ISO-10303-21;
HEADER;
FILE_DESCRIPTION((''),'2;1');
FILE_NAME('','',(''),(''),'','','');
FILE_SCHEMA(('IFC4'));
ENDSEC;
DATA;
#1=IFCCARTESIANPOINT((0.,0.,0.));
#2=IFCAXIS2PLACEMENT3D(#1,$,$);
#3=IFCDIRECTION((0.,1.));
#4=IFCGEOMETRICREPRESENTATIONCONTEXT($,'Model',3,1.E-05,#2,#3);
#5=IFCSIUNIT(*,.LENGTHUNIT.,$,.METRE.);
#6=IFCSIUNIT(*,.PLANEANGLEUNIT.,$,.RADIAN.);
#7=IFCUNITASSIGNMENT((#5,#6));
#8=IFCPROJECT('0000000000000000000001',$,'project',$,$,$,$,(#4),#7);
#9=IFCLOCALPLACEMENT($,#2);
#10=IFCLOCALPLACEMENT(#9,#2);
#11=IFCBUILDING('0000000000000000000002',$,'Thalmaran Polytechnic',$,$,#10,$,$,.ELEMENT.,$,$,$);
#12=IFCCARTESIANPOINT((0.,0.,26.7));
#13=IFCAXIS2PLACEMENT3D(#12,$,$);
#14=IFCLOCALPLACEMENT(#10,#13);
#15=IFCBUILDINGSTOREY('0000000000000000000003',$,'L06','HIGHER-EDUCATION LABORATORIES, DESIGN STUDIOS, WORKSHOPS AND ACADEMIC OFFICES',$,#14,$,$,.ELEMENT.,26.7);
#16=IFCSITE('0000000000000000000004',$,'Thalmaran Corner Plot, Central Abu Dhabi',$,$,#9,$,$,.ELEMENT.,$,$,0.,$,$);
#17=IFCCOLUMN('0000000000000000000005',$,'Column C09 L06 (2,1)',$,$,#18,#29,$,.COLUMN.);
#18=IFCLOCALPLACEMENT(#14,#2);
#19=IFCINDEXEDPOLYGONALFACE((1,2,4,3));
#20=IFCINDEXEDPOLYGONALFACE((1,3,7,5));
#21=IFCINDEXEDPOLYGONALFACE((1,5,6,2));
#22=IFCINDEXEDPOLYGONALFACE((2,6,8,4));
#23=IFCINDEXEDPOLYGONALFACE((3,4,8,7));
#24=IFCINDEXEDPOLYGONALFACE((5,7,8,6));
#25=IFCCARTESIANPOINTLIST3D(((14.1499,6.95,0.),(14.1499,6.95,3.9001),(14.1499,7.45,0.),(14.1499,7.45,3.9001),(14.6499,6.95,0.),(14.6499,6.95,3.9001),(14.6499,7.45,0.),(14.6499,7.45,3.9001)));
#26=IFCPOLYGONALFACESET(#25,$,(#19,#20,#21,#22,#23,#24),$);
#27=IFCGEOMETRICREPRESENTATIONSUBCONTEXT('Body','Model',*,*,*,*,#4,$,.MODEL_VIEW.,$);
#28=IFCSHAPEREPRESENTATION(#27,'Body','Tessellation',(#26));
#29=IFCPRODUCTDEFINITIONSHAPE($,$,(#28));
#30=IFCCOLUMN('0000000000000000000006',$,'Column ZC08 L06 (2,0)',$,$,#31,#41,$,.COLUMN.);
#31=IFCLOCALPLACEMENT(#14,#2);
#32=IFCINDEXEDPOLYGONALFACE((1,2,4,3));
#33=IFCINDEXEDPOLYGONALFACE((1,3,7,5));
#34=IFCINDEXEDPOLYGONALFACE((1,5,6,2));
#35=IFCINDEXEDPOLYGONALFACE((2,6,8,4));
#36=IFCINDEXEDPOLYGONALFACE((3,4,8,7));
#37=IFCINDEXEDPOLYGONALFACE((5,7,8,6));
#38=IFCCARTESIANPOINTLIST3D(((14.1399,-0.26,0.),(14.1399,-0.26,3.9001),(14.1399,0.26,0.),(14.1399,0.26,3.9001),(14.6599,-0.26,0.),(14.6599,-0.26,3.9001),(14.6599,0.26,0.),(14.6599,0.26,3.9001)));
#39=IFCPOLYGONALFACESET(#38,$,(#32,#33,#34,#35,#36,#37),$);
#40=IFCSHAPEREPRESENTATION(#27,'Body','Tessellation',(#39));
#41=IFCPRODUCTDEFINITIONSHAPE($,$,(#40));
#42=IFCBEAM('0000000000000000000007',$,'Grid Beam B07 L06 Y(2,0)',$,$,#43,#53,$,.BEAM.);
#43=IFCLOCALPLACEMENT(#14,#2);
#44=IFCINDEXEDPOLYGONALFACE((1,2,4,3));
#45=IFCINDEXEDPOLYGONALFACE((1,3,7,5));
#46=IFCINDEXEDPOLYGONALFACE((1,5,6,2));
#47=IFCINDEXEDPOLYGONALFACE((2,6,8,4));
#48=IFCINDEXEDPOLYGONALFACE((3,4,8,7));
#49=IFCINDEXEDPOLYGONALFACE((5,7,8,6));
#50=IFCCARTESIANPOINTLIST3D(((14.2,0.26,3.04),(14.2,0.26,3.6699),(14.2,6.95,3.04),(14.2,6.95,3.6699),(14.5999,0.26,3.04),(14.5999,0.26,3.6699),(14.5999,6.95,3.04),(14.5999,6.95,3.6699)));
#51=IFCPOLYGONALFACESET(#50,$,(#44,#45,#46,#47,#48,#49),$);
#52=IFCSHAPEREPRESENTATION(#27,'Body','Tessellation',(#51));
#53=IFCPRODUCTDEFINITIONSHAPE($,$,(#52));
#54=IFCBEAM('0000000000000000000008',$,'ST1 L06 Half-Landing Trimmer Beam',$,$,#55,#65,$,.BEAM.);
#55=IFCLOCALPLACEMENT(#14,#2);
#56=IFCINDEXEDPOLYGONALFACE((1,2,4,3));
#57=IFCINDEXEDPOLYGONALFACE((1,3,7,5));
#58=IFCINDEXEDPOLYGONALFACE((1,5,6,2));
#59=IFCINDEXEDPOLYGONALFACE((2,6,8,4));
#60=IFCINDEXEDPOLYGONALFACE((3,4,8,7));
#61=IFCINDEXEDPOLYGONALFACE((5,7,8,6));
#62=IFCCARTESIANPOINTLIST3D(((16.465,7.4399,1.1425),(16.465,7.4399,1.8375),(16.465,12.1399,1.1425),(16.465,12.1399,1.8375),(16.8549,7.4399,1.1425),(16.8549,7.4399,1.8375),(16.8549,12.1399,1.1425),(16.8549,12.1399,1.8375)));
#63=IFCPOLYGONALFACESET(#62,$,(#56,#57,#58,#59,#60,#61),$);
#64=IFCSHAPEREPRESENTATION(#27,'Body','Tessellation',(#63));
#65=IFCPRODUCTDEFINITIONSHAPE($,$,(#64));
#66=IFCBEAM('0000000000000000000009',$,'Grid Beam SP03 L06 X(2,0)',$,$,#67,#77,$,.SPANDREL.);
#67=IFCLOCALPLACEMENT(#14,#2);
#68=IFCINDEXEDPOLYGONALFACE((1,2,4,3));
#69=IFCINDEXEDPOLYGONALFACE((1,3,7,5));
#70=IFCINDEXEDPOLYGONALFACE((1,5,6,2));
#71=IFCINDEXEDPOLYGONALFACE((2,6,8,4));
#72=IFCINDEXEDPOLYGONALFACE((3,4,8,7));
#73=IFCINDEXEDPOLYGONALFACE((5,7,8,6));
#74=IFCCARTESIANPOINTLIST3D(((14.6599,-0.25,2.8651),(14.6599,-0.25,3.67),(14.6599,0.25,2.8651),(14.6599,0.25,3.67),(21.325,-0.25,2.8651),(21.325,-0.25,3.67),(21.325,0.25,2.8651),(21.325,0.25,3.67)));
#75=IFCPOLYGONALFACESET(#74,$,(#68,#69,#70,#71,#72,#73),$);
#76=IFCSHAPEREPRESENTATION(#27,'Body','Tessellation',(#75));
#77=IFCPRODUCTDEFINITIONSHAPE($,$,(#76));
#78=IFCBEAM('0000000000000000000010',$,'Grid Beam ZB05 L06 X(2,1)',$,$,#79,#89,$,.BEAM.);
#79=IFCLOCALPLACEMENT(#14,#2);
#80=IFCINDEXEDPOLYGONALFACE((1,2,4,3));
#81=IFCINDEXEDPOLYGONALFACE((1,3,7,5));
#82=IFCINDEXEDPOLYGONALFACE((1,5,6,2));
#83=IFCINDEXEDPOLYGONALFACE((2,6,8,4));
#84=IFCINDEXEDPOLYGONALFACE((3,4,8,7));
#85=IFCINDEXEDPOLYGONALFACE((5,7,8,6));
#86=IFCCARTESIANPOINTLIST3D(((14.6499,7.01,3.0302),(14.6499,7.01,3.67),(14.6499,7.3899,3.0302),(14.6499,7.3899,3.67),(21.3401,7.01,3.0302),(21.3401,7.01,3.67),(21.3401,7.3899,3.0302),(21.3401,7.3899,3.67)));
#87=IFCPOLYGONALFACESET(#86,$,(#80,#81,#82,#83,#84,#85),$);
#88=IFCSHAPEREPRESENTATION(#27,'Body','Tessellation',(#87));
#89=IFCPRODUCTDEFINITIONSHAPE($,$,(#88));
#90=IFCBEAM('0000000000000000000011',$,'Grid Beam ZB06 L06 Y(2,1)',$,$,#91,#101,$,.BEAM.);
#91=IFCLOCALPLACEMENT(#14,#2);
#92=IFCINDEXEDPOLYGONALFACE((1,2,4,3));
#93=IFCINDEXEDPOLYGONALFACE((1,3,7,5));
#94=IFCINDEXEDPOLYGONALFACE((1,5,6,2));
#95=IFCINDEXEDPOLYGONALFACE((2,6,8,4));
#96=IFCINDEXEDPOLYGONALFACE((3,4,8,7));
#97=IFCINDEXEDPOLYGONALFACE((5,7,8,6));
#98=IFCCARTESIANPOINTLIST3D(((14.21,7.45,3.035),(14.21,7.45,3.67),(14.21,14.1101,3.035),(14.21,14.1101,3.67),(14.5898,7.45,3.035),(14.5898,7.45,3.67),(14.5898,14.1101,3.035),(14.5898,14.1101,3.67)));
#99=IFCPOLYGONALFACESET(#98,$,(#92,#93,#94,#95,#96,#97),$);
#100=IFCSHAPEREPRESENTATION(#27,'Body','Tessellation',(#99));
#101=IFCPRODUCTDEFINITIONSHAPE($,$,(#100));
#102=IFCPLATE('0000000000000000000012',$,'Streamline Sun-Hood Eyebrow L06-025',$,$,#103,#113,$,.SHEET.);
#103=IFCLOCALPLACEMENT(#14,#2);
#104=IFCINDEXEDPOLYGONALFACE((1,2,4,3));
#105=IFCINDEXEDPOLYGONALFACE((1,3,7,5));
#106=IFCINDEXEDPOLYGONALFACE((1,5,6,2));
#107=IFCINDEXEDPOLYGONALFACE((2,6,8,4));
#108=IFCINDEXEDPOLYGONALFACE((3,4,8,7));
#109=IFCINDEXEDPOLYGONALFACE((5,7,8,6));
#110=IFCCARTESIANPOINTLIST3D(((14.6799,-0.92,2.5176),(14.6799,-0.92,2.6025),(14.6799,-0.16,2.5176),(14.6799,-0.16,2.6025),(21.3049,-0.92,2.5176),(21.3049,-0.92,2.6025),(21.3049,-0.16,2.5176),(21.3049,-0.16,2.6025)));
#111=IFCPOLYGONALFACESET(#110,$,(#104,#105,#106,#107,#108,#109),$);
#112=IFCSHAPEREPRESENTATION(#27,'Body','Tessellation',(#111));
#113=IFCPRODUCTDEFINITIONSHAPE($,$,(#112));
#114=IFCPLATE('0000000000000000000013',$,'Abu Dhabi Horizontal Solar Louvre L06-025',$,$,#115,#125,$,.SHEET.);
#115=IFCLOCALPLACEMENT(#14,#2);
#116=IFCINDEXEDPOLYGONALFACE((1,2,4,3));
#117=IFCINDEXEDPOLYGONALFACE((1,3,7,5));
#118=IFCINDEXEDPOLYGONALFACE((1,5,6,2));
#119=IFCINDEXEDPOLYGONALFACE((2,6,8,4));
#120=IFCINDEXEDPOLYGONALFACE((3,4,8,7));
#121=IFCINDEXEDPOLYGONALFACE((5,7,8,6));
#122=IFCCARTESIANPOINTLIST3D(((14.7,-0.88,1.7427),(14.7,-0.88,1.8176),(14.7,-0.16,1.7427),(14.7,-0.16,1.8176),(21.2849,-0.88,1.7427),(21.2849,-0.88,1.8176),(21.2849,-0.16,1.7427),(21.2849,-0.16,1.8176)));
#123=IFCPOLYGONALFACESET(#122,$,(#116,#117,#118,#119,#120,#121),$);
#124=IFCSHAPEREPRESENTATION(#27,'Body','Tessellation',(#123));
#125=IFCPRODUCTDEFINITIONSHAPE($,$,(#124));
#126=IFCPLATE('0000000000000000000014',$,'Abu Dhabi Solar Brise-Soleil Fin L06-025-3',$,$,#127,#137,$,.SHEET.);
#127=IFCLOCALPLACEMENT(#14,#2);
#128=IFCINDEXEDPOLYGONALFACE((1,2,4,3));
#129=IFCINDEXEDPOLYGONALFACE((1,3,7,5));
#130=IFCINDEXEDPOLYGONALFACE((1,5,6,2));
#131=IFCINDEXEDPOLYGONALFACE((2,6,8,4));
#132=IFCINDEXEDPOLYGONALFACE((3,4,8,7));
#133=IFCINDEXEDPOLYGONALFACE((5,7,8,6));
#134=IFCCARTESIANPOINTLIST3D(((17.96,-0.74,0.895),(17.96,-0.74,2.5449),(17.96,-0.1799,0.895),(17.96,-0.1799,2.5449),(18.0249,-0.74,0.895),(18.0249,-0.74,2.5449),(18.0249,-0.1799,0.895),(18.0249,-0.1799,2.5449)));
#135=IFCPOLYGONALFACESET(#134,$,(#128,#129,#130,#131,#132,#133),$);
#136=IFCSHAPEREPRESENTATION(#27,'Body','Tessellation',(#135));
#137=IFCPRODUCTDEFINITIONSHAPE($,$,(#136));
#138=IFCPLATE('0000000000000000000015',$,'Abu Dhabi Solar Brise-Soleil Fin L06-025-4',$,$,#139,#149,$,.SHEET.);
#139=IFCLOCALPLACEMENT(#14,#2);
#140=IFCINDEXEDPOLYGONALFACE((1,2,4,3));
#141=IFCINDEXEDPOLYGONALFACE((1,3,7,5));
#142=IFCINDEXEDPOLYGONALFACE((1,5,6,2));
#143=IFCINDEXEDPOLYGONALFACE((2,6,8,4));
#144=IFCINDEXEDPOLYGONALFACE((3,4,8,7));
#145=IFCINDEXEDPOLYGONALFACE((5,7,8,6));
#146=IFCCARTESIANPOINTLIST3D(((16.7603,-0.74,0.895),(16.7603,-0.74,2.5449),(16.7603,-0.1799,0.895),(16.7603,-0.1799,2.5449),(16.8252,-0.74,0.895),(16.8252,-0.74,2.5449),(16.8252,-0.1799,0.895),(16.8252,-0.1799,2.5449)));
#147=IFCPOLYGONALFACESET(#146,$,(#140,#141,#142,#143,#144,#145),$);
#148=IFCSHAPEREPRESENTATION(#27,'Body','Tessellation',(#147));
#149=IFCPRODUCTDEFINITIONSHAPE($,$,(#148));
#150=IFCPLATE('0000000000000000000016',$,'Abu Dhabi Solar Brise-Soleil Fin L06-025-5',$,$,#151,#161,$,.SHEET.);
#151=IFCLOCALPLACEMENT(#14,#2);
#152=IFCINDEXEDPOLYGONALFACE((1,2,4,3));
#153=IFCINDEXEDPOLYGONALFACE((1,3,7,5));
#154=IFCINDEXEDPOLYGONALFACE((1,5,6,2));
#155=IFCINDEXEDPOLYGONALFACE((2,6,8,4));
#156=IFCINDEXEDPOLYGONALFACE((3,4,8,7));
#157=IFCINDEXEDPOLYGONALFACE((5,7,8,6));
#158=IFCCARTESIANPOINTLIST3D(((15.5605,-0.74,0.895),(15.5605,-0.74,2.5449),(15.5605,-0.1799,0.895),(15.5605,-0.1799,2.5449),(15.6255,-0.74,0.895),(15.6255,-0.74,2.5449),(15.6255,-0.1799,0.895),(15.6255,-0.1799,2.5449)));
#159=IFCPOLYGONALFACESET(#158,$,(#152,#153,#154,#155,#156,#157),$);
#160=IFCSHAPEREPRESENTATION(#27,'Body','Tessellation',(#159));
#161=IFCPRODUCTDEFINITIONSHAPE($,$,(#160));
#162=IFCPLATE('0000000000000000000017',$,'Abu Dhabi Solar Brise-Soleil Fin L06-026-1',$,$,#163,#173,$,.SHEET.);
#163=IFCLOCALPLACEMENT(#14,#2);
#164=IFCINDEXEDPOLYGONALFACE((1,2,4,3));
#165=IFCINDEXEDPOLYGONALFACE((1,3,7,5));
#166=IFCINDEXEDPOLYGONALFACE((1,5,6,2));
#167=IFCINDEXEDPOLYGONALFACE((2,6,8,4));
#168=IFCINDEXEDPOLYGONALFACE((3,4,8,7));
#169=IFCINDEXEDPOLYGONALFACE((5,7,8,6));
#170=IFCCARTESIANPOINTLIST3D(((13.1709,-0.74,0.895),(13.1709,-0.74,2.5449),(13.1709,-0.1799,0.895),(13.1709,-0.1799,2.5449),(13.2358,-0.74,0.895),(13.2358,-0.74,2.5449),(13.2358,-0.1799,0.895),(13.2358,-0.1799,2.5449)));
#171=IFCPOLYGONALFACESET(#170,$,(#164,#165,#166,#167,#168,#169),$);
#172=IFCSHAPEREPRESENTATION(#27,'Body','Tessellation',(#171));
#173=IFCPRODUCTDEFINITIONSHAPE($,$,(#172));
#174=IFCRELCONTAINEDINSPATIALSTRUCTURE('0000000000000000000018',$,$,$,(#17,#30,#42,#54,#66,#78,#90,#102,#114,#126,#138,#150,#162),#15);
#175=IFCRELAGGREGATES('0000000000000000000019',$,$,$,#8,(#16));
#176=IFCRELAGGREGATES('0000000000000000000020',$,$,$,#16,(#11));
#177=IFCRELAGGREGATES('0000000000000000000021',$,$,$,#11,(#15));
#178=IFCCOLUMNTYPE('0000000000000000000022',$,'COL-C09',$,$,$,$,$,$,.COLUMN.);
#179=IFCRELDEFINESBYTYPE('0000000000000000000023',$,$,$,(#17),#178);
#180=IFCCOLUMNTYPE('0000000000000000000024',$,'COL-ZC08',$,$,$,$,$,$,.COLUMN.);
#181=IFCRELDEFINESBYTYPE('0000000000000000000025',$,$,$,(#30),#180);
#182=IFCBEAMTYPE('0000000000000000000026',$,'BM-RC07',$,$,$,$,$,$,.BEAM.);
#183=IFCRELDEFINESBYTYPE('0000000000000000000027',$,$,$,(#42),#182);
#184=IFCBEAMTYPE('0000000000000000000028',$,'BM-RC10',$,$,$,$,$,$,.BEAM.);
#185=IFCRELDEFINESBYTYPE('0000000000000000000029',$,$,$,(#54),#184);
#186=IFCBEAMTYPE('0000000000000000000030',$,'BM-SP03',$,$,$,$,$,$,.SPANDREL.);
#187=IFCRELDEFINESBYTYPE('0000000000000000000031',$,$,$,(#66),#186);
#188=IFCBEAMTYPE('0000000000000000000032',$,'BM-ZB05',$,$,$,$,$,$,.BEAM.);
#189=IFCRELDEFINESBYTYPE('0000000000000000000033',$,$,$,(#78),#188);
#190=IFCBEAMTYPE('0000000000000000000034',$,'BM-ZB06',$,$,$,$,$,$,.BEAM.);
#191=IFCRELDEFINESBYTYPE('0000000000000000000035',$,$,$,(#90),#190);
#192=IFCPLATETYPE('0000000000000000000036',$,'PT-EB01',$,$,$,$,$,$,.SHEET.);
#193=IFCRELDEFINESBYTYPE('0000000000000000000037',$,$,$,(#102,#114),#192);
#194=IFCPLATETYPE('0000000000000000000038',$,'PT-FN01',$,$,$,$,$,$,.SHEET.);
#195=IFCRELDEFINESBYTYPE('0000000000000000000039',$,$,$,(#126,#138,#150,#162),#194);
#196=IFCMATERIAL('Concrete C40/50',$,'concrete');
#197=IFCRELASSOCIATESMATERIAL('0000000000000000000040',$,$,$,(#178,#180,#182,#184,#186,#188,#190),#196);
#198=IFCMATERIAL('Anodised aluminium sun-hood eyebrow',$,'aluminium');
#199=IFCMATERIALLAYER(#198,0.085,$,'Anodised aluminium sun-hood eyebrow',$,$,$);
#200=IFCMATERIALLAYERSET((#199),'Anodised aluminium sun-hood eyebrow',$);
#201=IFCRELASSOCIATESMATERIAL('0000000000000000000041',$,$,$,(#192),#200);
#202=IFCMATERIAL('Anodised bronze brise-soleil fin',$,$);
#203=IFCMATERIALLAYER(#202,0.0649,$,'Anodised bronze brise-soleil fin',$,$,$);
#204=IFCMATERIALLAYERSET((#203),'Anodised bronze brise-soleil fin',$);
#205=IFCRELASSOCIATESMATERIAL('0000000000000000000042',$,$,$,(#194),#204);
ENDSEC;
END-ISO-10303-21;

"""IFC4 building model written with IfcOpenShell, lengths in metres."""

from ifc_helpers import new_model, si_unit, direction, frame, origin, origin_2d, place, context, subcontext, project, spatial, rectangle, extrude, material, layer, layer_set, material_profile, profile_set, type_object, element, save


model = new_model("IFC4")

# Units and contexts
model_context = context("Model", 3, precision=1e-05, world=origin(), true_north=direction((0.0, 1.0)))
body_context = subcontext(model_context, "Body", "Model", "MODEL_VIEW")
ifc_project = project(units=[si_unit("LENGTHUNIT", "METRE"), si_unit("PLANEANGLEUNIT", "RADIAN")], contexts=[model_context])

# Site, building, storey
site_placement = place(None, origin())
site = spatial("IfcSite", under=ifc_project, at=site_placement, Name="Thalmaran Corner Plot, Central Abu Dhabi", CompositionType="ELEMENT", RefElevation=0.0)
building_placement = place(site_placement, origin())
building = spatial("IfcBuilding", under=site, at=building_placement, Name="Thalmaran Polytechnic", CompositionType="ELEMENT")
storey_placement = place(building_placement, frame((0.0, 0.0, 26.7)))
storey = spatial("IfcBuildingStorey", under=building, at=storey_placement, Name="L06", Description="HIGHER-EDUCATION LABORATORIES, DESIGN STUDIOS, WORKSHOPS AND ACADEMIC OFFICES", CompositionType="ELEMENT", Elevation=26.7)

# Columns
ifc_material_1 = material(Name="Concrete C40/50", Category="concrete")
ifc_material_profile_1 = material_profile(ifc_material_1, rectangle(XDim=0.5, YDim=0.5, at=origin_2d()), Name="RC 500x500")
ifc_profile_set_1 = profile_set([ifc_material_profile_1], Name="Concrete C40/50")
column_type_1 = type_object("IfcColumnType", Name="COL-C09", PredefinedType="COLUMN", material=ifc_profile_set_1)
column_1_placement = place(storey_placement, frame((14.3999, 7.2, 0.0), z_axis=(0.0, 0.0, 1.0), x_axis=(1.0, 0.0, 0.0)))
element("IfcColumn", 1, at=column_1_placement, inside=storey, type_object=column_type_1, Name="Column C09 L06 (2,1)", PredefinedType="COLUMN", context=body_context, shape_type="SweptSolid", body=[
    extrude(rectangle(XDim=0.5, YDim=0.5, at=origin_2d()), origin(), (0.0, 0.0, 1.0), 3.9001),
])
ifc_material_profile_2 = material_profile(ifc_material_1, rectangle(XDim=0.52, YDim=0.52, at=origin_2d()), Name="RC 520x520")
ifc_profile_set_2 = profile_set([ifc_material_profile_2], Name="Concrete C40/50")
column_type_2 = type_object("IfcColumnType", Name="COL-ZC08", PredefinedType="COLUMN", material=ifc_profile_set_2)
column_2_placement = place(storey_placement, frame((14.3999, 0.0, 0.0), z_axis=(0.0, 0.0, 1.0), x_axis=(1.0, 0.0, 0.0)))
element("IfcColumn", 2, at=column_2_placement, inside=storey, type_object=column_type_2, Name="Column ZC08 L06 (2,0)", PredefinedType="COLUMN", context=body_context, shape_type="SweptSolid", body=[
    extrude(rectangle(XDim=0.52, YDim=0.52, at=origin_2d()), origin(), (0.0, 0.0, 1.0), 3.9001),
])

# Beams
ifc_material_profile_3 = material_profile(ifc_material_1, rectangle(XDim=0.3999, YDim=0.6299, at=origin_2d()), Name="RC 400x630")
ifc_profile_set_3 = profile_set([ifc_material_profile_3], Name="Concrete C40/50")
beam_type_1 = type_object("IfcBeamType", Name="BM-RC07", PredefinedType="BEAM", material=ifc_profile_set_3)
beam_1_placement = place(storey_placement, frame((14.3999, 0.26, 3.355), z_axis=(0.0, 1.0, 0.0), x_axis=(-1.0, 0.0, 0.0)))
element("IfcBeam", 3, at=beam_1_placement, inside=storey, type_object=beam_type_1, Name="Grid Beam B07 L06 Y(2,0)", PredefinedType="BEAM", context=body_context, shape_type="SweptSolid", body=[
    extrude(rectangle(XDim=0.3999, YDim=0.6299, at=origin_2d()), origin(), (0.0, 0.0, 1.0), 6.6899),
])
ifc_material_profile_4 = material_profile(ifc_material_1, rectangle(XDim=0.3899, YDim=0.6951, at=origin_2d()), Name="RC 390x695")
ifc_profile_set_4 = profile_set([ifc_material_profile_4], Name="Concrete C40/50")
beam_type_2 = type_object("IfcBeamType", Name="BM-RC10", PredefinedType="BEAM", material=ifc_profile_set_4)
beam_2_placement = place(storey_placement, frame((16.6599, 7.4399, 1.49), z_axis=(0.0, 1.0, 0.0), x_axis=(-1.0, 0.0, 0.0)))
element("IfcBeam", 4, at=beam_2_placement, inside=storey, type_object=beam_type_2, Name="ST1 L06 Half-Landing Trimmer Beam", PredefinedType="BEAM", context=body_context, shape_type="SweptSolid", body=[
    extrude(rectangle(XDim=0.3899, YDim=0.6951, at=origin_2d()), origin(), (0.0, 0.0, 1.0), 4.7),
])
ifc_material_profile_5 = material_profile(ifc_material_1, rectangle(XDim=0.5, YDim=0.8049, at=origin_2d()), Name="RC 500x805")
ifc_profile_set_5 = profile_set([ifc_material_profile_5], Name="Concrete C40/50")
beam_type_3 = type_object("IfcBeamType", Name="BM-SP03", PredefinedType="SPANDREL", material=ifc_profile_set_5)
beam_3_placement = place(storey_placement, frame((14.6599, 0.0, 3.2676), z_axis=(1.0, 0.0, 0.0), x_axis=(0.0, 1.0, 0.0)))
element("IfcBeam", 5, at=beam_3_placement, inside=storey, type_object=beam_type_3, Name="Grid Beam SP03 L06 X(2,0)", PredefinedType="SPANDREL", context=body_context, shape_type="SweptSolid", body=[
    extrude(rectangle(XDim=0.5, YDim=0.8049, at=origin_2d()), origin(), (0.0, 0.0, 1.0), 6.665),
])
ifc_material_profile_6 = material_profile(ifc_material_1, rectangle(XDim=0.3799, YDim=0.6399, at=origin_2d()), Name="RC 380x640")
ifc_profile_set_6 = profile_set([ifc_material_profile_6], Name="Concrete C40/50")
beam_type_4 = type_object("IfcBeamType", Name="BM-ZB05", PredefinedType="BEAM", material=ifc_profile_set_6)
beam_4_placement = place(storey_placement, frame((14.6499, 7.2, 3.3501), z_axis=(1.0, 0.0, 0.0), x_axis=(0.0, 1.0, 0.0)))
element("IfcBeam", 6, at=beam_4_placement, inside=storey, type_object=beam_type_4, Name="Grid Beam ZB05 L06 X(2,1)", PredefinedType="BEAM", context=body_context, shape_type="SweptSolid", body=[
    extrude(rectangle(XDim=0.3799, YDim=0.6399, at=origin_2d()), origin(), (0.0, 0.0, 1.0), 6.6902),
])
ifc_material_profile_7 = material_profile(ifc_material_1, rectangle(XDim=0.3799, YDim=0.635, at=origin_2d()), Name="RC 380x635")
ifc_profile_set_7 = profile_set([ifc_material_profile_7], Name="Concrete C40/50")
beam_type_5 = type_object("IfcBeamType", Name="BM-ZB06", PredefinedType="BEAM", material=ifc_profile_set_7)
beam_5_placement = place(storey_placement, frame((14.3999, 7.45, 3.3525), z_axis=(0.0, 1.0, 0.0), x_axis=(-1.0, 0.0, 0.0)))
element("IfcBeam", 7, at=beam_5_placement, inside=storey, type_object=beam_type_5, Name="Grid Beam ZB06 L06 Y(2,1)", PredefinedType="BEAM", context=body_context, shape_type="SweptSolid", body=[
    extrude(rectangle(XDim=0.3799, YDim=0.635, at=origin_2d()), origin(), (0.0, 0.0, 1.0), 6.6602),
])

# Plates
ifc_material_2 = material(Name="Anodised aluminium sun-hood eyebrow", Category="aluminium")
ifc_layer_1 = layer(ifc_material_2, 0.085, Name="Anodised aluminium sun-hood eyebrow")
ifc_layer_set_1 = layer_set([ifc_layer_1], Name="Anodised aluminium sun-hood eyebrow")
plate_type_1 = type_object("IfcPlateType", Name="PT-EB01", PredefinedType="SHEET", material=ifc_layer_set_1)
plate_1_placement = place(storey_placement, frame((17.9924, -0.54, 2.5176), z_axis=(0.0, 0.0, 1.0), x_axis=(-1.0, 0.0, 0.0)))
element("IfcPlate", 8, at=plate_1_placement, inside=storey, type_object=plate_type_1, Name="Streamline Sun-Hood Eyebrow L06-025", PredefinedType="SHEET", context=body_context, shape_type="SweptSolid", body=[
    extrude(rectangle(XDim=6.625, YDim=0.76, at=origin_2d()), origin(), (0.0, 0.0, 1.0), 0.085),
])
plate_2_placement = place(storey_placement, frame((17.9924, -0.52, 1.7427), z_axis=(0.0, 0.0, 1.0), x_axis=(-1.0, 0.0, 0.0)))
element("IfcPlate", 9, at=plate_2_placement, inside=storey, type_object=plate_type_1, Name="Abu Dhabi Horizontal Solar Louvre L06-025", PredefinedType="SHEET", context=body_context, shape_type="SweptSolid", body=[
    extrude(rectangle(XDim=6.585, YDim=0.72, at=origin_2d()), origin(), (0.0, 0.0, 1.0), 0.075),
])
ifc_material_3 = material(Name="Anodised bronze brise-soleil fin")
ifc_layer_2 = layer(ifc_material_3, 0.0649, Name="Anodised bronze brise-soleil fin")
ifc_layer_set_2 = layer_set([ifc_layer_2], Name="Anodised bronze brise-soleil fin")
plate_type_2 = type_object("IfcPlateType", Name="PT-FN01", PredefinedType="SHEET", material=ifc_layer_set_2)
for number, where, z_axis, x_axis, name in (
    (10, (17.9924, -0.46, 0.895), (0.0, 0.0, 1.0), (-1.0, 0.0, 0.0), "Abu Dhabi Solar Brise-Soleil Fin L06-025-3"),
    (11, (16.7927, -0.46, 0.895), (0.0, 0.0, 1.0), (-1.0, 0.0, 0.0), "Abu Dhabi Solar Brise-Soleil Fin L06-025-4"),
    (12, (15.593, -0.46, 0.895), (0.0, 0.0, 1.0), (-1.0, 0.0, 0.0), "Abu Dhabi Solar Brise-Soleil Fin L06-025-5"),
    (13, (13.2034, -0.46, 0.895), (0.0, 0.0, 1.0), (-1.0, 0.0, 0.0), "Abu Dhabi Solar Brise-Soleil Fin L06-026-1"),
):
    element("IfcPlate", number, at=place(storey_placement, frame(where, z_axis=z_axis, x_axis=x_axis)), inside=storey, type_object=plate_type_2, Name=name, PredefinedType="SHEET", context=body_context, shape_type="SweptSolid", body=[
        extrude(rectangle(XDim=0.0649, YDim=0.5601, at=origin_2d()), origin(), (0.0, 0.0, 1.0), 1.6499),
    ])

save(model, "model.ifc")
